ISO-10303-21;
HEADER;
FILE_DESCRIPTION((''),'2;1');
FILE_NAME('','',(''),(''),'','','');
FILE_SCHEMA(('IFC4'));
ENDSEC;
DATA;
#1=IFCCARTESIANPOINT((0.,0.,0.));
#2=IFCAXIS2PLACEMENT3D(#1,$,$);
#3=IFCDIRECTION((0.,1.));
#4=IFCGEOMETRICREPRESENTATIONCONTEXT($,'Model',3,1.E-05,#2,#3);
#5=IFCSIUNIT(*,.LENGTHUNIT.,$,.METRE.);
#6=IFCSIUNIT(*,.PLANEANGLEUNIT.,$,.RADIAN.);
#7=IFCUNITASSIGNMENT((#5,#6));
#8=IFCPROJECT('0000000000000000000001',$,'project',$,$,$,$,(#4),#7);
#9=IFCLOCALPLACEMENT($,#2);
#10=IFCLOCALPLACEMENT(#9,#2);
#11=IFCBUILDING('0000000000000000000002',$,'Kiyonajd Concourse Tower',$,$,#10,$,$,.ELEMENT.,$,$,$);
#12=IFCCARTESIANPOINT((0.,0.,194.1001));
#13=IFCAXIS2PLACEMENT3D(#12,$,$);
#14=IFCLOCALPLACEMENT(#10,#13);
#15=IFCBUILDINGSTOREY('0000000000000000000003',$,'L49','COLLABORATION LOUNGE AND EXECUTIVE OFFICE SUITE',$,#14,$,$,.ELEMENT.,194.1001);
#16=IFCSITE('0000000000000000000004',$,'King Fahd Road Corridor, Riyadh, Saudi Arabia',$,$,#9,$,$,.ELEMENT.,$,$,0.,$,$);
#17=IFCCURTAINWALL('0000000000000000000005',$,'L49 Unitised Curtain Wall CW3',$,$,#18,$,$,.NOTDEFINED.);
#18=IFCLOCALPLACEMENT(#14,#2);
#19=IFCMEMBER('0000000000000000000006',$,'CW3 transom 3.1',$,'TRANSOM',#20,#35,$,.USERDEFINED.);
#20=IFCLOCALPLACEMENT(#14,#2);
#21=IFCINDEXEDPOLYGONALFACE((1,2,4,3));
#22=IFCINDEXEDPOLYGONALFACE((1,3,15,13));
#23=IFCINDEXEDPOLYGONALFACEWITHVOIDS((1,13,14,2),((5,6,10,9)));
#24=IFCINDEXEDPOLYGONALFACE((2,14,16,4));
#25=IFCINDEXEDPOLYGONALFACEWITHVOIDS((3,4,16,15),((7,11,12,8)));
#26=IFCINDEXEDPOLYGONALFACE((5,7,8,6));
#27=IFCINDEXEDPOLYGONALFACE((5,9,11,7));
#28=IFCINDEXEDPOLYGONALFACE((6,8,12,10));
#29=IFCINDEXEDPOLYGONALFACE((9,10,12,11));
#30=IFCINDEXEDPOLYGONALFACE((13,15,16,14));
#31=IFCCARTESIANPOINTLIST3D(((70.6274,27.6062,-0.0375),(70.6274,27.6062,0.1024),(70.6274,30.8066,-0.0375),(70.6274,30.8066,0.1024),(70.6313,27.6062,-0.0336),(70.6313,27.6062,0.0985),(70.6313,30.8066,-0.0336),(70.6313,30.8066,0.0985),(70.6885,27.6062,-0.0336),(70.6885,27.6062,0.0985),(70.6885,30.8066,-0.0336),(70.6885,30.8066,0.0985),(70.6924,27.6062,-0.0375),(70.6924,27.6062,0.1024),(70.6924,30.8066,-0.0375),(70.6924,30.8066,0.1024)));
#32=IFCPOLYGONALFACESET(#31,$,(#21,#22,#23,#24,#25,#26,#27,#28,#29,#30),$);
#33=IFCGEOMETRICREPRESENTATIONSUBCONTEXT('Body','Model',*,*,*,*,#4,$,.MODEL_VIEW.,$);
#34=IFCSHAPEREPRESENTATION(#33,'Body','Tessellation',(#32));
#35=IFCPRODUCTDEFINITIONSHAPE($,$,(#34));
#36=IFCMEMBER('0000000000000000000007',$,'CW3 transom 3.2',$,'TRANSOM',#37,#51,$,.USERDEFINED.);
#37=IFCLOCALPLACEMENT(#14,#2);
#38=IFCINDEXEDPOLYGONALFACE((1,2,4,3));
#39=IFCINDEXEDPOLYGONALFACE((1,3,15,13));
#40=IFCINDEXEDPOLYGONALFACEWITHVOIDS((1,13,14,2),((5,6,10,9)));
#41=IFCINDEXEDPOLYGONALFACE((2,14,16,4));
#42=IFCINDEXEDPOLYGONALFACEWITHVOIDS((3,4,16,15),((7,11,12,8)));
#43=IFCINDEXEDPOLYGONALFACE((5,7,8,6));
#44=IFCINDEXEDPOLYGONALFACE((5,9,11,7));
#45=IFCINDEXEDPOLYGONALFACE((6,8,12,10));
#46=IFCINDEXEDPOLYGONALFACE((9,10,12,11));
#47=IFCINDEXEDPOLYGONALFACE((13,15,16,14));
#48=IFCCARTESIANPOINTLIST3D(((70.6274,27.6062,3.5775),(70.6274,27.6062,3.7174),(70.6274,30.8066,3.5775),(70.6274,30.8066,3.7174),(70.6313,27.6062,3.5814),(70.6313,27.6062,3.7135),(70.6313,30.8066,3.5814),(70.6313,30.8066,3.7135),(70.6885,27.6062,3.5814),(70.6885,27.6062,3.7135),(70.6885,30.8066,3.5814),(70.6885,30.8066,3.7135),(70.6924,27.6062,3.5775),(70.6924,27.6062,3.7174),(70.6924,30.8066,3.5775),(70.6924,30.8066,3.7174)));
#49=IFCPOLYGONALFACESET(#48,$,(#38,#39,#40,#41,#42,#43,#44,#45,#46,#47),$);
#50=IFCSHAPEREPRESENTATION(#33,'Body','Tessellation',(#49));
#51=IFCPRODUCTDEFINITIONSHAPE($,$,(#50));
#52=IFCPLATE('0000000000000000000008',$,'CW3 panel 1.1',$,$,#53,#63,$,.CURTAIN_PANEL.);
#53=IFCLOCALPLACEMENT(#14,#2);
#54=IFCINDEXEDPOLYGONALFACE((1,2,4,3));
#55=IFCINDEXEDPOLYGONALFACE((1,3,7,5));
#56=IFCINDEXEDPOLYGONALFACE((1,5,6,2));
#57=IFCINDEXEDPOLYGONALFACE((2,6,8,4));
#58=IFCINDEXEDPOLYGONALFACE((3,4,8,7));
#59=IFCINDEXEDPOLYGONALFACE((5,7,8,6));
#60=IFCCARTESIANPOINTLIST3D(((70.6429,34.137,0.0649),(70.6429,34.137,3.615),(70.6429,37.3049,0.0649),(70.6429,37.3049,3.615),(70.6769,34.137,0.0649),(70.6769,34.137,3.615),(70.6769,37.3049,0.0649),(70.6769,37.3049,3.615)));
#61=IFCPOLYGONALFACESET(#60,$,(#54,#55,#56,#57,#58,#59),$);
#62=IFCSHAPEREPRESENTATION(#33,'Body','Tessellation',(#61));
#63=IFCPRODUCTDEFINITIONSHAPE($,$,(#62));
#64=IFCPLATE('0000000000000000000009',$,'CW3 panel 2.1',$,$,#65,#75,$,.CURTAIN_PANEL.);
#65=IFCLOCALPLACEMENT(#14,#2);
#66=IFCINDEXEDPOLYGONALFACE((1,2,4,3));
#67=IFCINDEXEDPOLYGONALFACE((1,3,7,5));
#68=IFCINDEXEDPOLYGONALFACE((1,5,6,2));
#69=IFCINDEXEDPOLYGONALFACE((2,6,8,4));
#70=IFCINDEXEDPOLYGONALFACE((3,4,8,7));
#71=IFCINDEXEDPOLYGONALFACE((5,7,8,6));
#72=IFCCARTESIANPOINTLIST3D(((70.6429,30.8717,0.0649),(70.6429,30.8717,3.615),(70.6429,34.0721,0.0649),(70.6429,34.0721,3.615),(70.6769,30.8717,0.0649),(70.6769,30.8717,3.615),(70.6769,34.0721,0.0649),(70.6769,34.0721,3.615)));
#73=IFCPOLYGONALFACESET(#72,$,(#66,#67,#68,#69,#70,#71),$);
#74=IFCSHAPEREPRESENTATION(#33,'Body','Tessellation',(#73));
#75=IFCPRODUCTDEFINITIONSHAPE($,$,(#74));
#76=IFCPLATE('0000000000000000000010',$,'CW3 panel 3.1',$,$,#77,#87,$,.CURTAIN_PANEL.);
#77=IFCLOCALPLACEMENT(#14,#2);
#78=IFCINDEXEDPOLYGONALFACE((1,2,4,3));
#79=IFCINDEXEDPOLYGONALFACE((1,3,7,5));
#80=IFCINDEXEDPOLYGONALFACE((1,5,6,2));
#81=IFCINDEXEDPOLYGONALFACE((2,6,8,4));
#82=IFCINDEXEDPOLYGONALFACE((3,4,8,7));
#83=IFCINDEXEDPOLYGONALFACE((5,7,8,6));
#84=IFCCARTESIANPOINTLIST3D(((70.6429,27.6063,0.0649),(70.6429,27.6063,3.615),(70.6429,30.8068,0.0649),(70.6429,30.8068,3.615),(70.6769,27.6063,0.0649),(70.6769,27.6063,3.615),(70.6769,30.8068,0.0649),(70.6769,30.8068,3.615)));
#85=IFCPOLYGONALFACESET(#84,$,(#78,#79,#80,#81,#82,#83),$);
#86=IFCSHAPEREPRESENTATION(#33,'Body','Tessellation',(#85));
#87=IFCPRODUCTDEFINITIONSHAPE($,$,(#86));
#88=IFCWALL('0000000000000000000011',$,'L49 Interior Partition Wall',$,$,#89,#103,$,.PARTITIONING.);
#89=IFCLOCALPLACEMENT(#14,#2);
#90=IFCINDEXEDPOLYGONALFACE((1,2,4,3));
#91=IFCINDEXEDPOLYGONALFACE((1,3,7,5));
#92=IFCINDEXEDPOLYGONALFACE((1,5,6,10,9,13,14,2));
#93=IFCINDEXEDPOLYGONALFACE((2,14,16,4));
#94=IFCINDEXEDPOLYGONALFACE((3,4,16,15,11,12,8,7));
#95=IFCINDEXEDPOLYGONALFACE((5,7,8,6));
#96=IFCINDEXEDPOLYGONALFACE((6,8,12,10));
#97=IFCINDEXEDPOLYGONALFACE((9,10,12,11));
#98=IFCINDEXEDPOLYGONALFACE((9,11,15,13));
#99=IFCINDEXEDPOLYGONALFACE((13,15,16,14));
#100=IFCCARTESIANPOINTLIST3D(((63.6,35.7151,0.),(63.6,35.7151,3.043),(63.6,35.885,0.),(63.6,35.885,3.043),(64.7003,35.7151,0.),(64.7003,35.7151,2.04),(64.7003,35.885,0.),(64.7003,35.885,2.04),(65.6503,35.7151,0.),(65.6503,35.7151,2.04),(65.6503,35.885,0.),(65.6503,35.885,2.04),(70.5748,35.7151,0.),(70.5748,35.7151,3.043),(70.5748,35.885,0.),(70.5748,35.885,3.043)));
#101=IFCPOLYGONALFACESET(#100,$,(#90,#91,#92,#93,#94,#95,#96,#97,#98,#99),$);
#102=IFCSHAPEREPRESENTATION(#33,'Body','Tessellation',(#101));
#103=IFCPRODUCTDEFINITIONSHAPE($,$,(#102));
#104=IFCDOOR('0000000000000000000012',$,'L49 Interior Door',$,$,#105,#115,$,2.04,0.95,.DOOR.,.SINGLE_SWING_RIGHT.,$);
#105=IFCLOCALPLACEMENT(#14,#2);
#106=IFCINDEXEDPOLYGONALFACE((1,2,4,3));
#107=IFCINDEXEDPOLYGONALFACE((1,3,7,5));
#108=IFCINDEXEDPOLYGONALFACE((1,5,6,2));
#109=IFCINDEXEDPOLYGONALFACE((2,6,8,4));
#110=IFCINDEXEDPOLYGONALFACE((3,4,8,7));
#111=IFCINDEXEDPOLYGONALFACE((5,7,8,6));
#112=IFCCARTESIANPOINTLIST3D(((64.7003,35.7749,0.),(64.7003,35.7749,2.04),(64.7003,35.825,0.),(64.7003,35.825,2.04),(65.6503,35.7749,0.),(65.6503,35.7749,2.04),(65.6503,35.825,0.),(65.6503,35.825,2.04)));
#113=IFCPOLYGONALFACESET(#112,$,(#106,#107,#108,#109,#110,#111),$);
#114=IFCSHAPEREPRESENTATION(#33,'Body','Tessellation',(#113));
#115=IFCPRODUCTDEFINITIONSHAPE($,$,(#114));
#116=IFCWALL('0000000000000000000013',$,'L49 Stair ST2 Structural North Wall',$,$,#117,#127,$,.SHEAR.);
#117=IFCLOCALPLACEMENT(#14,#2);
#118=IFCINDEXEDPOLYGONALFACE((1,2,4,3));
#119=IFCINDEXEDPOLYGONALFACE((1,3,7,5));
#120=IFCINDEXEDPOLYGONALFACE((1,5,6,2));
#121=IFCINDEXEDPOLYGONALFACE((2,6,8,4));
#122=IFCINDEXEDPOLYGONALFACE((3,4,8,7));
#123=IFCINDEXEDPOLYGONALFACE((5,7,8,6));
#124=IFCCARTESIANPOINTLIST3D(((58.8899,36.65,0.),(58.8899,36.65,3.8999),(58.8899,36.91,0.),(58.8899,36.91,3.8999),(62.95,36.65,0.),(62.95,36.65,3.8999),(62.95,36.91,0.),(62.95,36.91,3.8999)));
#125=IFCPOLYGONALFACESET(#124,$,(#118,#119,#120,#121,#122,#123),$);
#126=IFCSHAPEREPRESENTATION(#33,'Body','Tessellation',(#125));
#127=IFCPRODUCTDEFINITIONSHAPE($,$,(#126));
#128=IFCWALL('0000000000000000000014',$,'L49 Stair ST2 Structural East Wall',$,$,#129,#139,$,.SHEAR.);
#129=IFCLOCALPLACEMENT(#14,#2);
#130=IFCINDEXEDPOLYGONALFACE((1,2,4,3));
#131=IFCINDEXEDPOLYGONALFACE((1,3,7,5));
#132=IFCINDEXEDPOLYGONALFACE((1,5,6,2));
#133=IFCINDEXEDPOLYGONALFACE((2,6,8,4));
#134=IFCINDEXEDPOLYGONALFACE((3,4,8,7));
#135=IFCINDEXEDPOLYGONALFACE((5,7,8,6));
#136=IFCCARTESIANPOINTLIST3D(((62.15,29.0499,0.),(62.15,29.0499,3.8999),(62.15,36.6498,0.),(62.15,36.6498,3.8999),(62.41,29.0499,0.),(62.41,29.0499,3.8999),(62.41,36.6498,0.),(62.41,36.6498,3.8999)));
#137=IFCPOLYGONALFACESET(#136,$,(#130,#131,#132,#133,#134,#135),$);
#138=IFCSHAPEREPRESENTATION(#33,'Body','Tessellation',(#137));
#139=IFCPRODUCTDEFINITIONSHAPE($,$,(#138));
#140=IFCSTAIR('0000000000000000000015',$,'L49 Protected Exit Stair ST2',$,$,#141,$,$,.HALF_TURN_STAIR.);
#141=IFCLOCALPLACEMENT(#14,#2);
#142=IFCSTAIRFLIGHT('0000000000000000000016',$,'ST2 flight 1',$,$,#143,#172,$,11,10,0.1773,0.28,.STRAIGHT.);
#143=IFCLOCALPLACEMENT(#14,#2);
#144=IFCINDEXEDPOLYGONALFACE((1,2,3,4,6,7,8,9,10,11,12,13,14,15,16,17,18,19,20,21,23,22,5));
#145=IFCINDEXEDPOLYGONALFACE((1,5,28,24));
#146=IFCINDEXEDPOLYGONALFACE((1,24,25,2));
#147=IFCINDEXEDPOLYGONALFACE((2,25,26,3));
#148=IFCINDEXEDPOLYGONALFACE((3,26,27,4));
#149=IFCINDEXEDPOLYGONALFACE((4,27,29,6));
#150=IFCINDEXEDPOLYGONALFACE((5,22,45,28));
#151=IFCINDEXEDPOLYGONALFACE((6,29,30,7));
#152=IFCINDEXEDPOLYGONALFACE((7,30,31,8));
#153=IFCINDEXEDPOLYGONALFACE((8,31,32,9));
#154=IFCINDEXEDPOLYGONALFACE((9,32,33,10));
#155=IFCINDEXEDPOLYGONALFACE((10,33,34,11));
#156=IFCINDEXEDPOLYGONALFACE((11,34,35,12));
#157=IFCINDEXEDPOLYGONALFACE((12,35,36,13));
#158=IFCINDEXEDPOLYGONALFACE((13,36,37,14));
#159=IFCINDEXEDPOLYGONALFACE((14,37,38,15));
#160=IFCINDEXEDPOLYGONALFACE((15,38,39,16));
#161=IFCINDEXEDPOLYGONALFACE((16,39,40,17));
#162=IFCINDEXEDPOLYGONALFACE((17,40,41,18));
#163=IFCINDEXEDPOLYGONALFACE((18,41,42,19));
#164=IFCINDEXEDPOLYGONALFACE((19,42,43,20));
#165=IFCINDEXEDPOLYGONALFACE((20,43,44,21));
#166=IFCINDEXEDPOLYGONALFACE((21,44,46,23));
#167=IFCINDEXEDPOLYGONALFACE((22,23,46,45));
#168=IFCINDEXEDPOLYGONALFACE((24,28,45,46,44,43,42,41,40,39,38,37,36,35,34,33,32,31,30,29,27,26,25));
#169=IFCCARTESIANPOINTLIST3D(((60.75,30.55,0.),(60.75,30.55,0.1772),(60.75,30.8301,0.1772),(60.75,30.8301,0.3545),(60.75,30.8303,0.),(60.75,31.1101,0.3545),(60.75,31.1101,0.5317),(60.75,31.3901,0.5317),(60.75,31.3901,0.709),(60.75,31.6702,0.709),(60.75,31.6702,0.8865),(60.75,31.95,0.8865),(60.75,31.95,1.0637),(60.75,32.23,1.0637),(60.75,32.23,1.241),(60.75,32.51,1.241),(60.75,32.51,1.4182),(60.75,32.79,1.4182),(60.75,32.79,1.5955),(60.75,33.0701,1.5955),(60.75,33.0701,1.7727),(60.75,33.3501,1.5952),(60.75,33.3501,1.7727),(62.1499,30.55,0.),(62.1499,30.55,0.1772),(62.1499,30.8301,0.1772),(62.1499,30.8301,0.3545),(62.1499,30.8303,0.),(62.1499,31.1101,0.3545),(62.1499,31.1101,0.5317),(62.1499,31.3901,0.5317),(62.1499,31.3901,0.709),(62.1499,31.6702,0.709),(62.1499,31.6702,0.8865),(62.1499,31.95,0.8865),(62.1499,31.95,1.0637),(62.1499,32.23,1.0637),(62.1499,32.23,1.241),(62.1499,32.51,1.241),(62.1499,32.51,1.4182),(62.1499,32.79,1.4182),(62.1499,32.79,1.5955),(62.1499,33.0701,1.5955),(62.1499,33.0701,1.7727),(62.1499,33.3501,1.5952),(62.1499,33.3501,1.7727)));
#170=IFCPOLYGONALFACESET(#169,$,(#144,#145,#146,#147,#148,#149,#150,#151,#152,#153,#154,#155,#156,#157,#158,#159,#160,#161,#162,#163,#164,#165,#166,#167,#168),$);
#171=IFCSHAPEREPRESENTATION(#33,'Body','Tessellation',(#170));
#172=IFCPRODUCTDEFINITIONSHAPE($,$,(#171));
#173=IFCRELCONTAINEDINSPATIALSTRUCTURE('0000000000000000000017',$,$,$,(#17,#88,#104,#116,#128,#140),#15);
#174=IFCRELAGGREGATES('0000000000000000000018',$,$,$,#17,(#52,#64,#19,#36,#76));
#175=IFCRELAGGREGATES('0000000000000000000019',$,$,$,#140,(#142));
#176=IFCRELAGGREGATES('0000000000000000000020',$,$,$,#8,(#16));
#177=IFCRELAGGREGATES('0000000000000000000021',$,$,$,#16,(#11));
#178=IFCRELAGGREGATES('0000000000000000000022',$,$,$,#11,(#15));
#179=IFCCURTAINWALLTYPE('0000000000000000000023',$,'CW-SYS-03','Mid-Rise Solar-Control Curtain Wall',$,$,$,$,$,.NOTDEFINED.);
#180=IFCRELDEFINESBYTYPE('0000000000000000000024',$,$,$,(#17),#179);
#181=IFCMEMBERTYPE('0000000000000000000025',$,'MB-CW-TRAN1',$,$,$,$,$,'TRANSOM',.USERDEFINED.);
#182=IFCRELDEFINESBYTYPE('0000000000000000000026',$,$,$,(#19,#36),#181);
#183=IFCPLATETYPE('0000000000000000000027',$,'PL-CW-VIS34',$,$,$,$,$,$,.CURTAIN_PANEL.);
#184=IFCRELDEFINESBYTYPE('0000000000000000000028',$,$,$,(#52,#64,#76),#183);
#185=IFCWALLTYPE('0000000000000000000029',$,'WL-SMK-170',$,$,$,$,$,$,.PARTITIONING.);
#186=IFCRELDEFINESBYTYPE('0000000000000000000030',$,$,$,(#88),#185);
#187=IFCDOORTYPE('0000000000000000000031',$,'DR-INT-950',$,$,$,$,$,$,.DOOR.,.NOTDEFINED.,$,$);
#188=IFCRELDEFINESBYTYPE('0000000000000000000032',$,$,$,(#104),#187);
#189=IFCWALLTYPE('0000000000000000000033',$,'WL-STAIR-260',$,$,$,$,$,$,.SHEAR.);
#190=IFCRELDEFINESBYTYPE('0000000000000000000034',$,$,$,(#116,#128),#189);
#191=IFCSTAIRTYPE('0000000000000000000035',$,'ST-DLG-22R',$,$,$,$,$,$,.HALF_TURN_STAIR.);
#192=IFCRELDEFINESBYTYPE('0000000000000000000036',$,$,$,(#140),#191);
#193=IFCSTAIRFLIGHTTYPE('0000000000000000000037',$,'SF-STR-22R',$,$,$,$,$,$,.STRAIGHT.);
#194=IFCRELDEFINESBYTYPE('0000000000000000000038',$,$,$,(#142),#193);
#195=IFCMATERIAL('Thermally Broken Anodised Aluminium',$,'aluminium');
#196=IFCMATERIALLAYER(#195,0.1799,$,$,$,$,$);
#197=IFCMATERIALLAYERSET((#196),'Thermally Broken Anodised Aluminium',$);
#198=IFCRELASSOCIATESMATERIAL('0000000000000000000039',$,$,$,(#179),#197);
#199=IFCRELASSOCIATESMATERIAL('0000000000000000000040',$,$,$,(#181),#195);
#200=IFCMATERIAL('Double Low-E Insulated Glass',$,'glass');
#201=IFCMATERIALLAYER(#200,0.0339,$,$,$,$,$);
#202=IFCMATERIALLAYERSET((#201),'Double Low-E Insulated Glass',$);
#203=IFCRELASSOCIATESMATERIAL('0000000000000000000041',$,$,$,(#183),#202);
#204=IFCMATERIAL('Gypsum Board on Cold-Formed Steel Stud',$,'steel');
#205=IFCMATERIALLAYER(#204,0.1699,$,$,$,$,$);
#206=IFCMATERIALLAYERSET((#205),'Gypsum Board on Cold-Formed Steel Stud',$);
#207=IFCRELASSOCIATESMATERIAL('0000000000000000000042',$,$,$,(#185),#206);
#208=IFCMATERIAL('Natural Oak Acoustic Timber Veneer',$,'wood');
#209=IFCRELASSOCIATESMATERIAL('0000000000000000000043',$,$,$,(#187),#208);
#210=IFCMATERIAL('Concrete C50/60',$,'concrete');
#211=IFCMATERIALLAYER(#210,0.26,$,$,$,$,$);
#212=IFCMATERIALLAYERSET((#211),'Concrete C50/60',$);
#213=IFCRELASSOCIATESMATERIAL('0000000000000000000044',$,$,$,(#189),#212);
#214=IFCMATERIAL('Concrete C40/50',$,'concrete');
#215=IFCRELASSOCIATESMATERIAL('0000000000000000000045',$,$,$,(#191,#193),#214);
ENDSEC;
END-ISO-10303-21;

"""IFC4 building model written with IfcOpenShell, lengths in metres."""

from ifc_helpers import new_model, si_unit, direction, frame, frame_2d, origin, origin_2d, place, context, subcontext, project, spatial, polyline, rectangle, hollow_rectangle, outline, extrude, material, layer, layer_set, material_profile, profile_set, type_object, element, fill, aggregate, save


model = new_model("IFC4")

# Units and contexts
model_context = context("Model", 3, precision=1e-05, world=origin(), true_north=direction((0.0, 1.0)))
body_context = subcontext(model_context, "Body", "Model", "MODEL_VIEW")
ifc_project = project(units=[si_unit("LENGTHUNIT", "METRE"), si_unit("PLANEANGLEUNIT", "RADIAN")], contexts=[model_context])

# Site, building, storey
site_placement = place(None, origin())
site = spatial("IfcSite", under=ifc_project, at=site_placement, Name="King Fahd Road Corridor, Riyadh, Saudi Arabia", CompositionType="ELEMENT", RefElevation=0.0)
building_placement = place(site_placement, origin())
building = spatial("IfcBuilding", under=site, at=building_placement, Name="Kiyonajd Concourse Tower", CompositionType="ELEMENT")
storey_placement = place(building_placement, frame((0.0, 0.0, 194.1001)))
storey = spatial("IfcBuildingStorey", under=building, at=storey_placement, Name="L49", Description="COLLABORATION LOUNGE AND EXECUTIVE OFFICE SUITE", CompositionType="ELEMENT", Elevation=194.1001)

# Shared definitions
ifc_material_1 = material(Name="Concrete C50/60", Category="concrete")

# Curtain wall, members, plates
ifc_material_2 = material(Name="Thermally Broken Anodised Aluminium", Category="aluminium")
ifc_layer_1 = layer(ifc_material_2, 0.1799)
ifc_layer_set_1 = layer_set([ifc_layer_1], Name="Thermally Broken Anodised Aluminium")
curtain_wall_type = type_object("IfcCurtainWallType", Name="CW-SYS-03", Description="Mid-Rise Solar-Control Curtain Wall", PredefinedType="NOTDEFINED", material=ifc_layer_set_1)
curtain_wall_placement = place(storey_placement, origin())
curtain_wall = element("IfcCurtainWall", 1, at=curtain_wall_placement, inside=storey, type_object=curtain_wall_type, Name="L49 Unitised Curtain Wall CW3", PredefinedType="NOTDEFINED")
ifc_material_profile_1 = material_profile(ifc_material_2, hollow_rectangle(XDim=0.0649, YDim=0.1399, WallThickness=0.0039, at=origin_2d()), Name="TRAN-65x140")
ifc_profile_set_1 = profile_set([ifc_material_profile_1], Name="Thermally Broken Anodised Aluminium")
member_type_1 = type_object("IfcMemberType", Name="MB-CW-TRAN1", ElementType="TRANSOM", PredefinedType="USERDEFINED", material=ifc_profile_set_1)
member_1_placement = place(storey_placement, frame((70.6599, 30.8066, 0.0325), z_axis=(0.0, -1.0, 0.0), x_axis=(1.0, 0.0, 0.0)))
member_1 = element("IfcMember", 2, at=member_1_placement, type_object=member_type_1, Name="CW3 transom 3.1", ObjectType="TRANSOM", PredefinedType="USERDEFINED", context=body_context, shape_type="SweptSolid", body=[
    extrude(hollow_rectangle(XDim=0.0649, YDim=0.1399, WallThickness=0.0039, at=origin_2d()), origin(), (0.0, 0.0, 1.0), 3.2004),
])
member_2_placement = place(storey_placement, frame((70.6599, 30.8066, 3.6475), z_axis=(0.0, -1.0, 0.0), x_axis=(1.0, 0.0, 0.0)))
member_2 = element("IfcMember", 3, at=member_2_placement, type_object=member_type_1, Name="CW3 transom 3.2", ObjectType="TRANSOM", PredefinedType="USERDEFINED", context=body_context, shape_type="SweptSolid", body=[
    extrude(hollow_rectangle(XDim=0.0649, YDim=0.1399, WallThickness=0.0039, at=origin_2d()), origin(), (0.0, 0.0, 1.0), 3.2004),
])
ifc_material_3 = material(Name="Double Low-E Insulated Glass", Category="glass")
ifc_layer_2 = layer(ifc_material_3, 0.0339)
ifc_layer_set_2 = layer_set([ifc_layer_2], Name="Double Low-E Insulated Glass")
plate_type = type_object("IfcPlateType", Name="PL-CW-VIS34", PredefinedType="CURTAIN_PANEL", material=ifc_layer_set_2)
plate_1_placement = place(storey_placement, frame((70.6599, 35.7209, 0.0649), z_axis=(0.0, 0.0, 1.0), x_axis=(0.0, -1.0, 0.0)))
plate_1 = element("IfcPlate", 4, at=plate_1_placement, type_object=plate_type, Name="CW3 panel 1.1", PredefinedType="CURTAIN_PANEL", context=body_context, shape_type="SweptSolid", body=[
    extrude(rectangle(XDim=3.168, YDim=0.0339, at=origin_2d()), origin(), (0.0, 0.0, 1.0), 3.55),
])
plate_2_placement = place(storey_placement, frame((70.6599, 32.4719, 0.0649), z_axis=(0.0, 0.0, 1.0), x_axis=(0.0, -1.0, 0.0)))
plate_2 = element("IfcPlate", 5, at=plate_2_placement, type_object=plate_type, Name="CW3 panel 2.1", PredefinedType="CURTAIN_PANEL", context=body_context, shape_type="SweptSolid", body=[
    extrude(rectangle(XDim=3.2004, YDim=0.0339, at=origin_2d()), origin(), (0.0, 0.0, 1.0), 3.55),
])
plate_3_placement = place(storey_placement, frame((70.6599, 29.2065, 0.0649), z_axis=(0.0, 0.0, 1.0), x_axis=(0.0, -1.0, 0.0)))
plate_3 = element("IfcPlate", 6, at=plate_3_placement, type_object=plate_type, Name="CW3 panel 3.1", PredefinedType="CURTAIN_PANEL", context=body_context, shape_type="SweptSolid", body=[
    extrude(rectangle(XDim=3.2004, YDim=0.0339, at=origin_2d()), origin(), (0.0, 0.0, 1.0), 3.55),
])
aggregate(curtain_wall, [plate_1, plate_2, member_1, member_2, plate_3])

# Wall, opening, door
ifc_material_4 = material(Name="Gypsum Board on Cold-Formed Steel Stud", Category="steel")
ifc_layer_3 = layer(ifc_material_4, 0.1699)
ifc_layer_set_3 = layer_set([ifc_layer_3], Name="Gypsum Board on Cold-Formed Steel Stud")
wall_type_1 = type_object("IfcWallType", Name="WL-SMK-170", PredefinedType="PARTITIONING", material=ifc_layer_set_3)
wall_1_placement = place(storey_placement, frame((63.6001, 35.8, 0.0), z_axis=(0.0, 0.0, 1.0), x_axis=(1.0, 0.0, 0.0)))
wall_1 = element("IfcWall", 7, at=wall_1_placement, inside=storey, type_object=wall_type_1, Name="L49 Interior Partition Wall", PredefinedType="PARTITIONING", context=body_context, shape_type="SweptSolid", body=[
    extrude(rectangle(XDim=6.9749, YDim=0.1699, at=frame_2d((3.4873, 0.0))), origin(), (0.0, 0.0, 1.0), 3.043),
])
opening_placement = place(wall_1_placement, frame((1.1001, 0.0, 0.0)))
opening = element("IfcOpeningElement", 8, at=opening_placement, cuts=wall_1, PredefinedType="OPENING", context=body_context, shape_type="SweptSolid", body=[
    extrude(rectangle(XDim=0.95, YDim=2.04, at=frame_2d((0.4751, 1.02))), frame((0.0, 0.095, 0.0), z_axis=(0.0, -1.0, 0.0), x_axis=(1.0, 0.0, 0.0)), (0.0, 0.0, 1.0), 0.1899),
])
ifc_material_5 = material(Name="Natural Oak Acoustic Timber Veneer", Category="wood")
door_type = type_object("IfcDoorType", Name="DR-INT-950", OperationType="NOTDEFINED", PredefinedType="DOOR", material=ifc_material_5)
door_placement = place(opening_placement, origin())
door = element("IfcDoor", 9, at=door_placement, inside=storey, type_object=door_type, Name="L49 Interior Door", OperationType="SINGLE_SWING_RIGHT", OverallHeight=2.04, OverallWidth=0.95, PredefinedType="DOOR", context=body_context, shape_type="SweptSolid", body=[
    extrude(rectangle(XDim=0.95, YDim=2.04, at=frame_2d((0.4751, 1.02))), frame((0.0, 0.0249, 0.0), z_axis=(0.0, -1.0, 0.0), x_axis=(1.0, 0.0, 0.0)), (0.0, 0.0, 1.0), 0.05),
])
fill(opening, door)

# Walls
ifc_layer_4 = layer(ifc_material_1, 0.26)
ifc_layer_set_4 = layer_set([ifc_layer_4], Name="Concrete C50/60")
wall_type_2 = type_object("IfcWallType", Name="WL-STAIR-260", PredefinedType="SHEAR", material=ifc_layer_set_4)
wall_2_placement = place(storey_placement, frame((58.8899, 36.78, 0.0), z_axis=(0.0, 0.0, 1.0), x_axis=(1.0, 0.0, 0.0)))
element("IfcWall", 10, at=wall_2_placement, inside=storey, type_object=wall_type_2, Name="L49 Stair ST2 Structural North Wall", PredefinedType="SHEAR", context=body_context, shape_type="SweptSolid", body=[
    extrude(rectangle(XDim=4.0601, YDim=0.26, at=frame_2d((2.03, 0.0))), origin(), (0.0, 0.0, 1.0), 3.8999),
])
wall_3_placement = place(storey_placement, frame((62.28, 29.05, 0.0), z_axis=(0.0, 0.0, 1.0), x_axis=(0.0, 1.0, 0.0)))
element("IfcWall", 11, at=wall_3_placement, inside=storey, type_object=wall_type_2, Name="L49 Stair ST2 Structural East Wall", PredefinedType="SHEAR", context=body_context, shape_type="SweptSolid", body=[
    extrude(rectangle(XDim=7.5999, YDim=0.26, at=frame_2d((3.7998, 0.0))), origin(), (0.0, 0.0, 1.0), 3.8999),
])

# Stair, stair flight
ifc_material_6 = material(Name="Concrete C40/50", Category="concrete")
stair_type = type_object("IfcStairType", Name="ST-DLG-22R", PredefinedType="HALF_TURN_STAIR", material=ifc_material_6)
stair_placement = place(storey_placement, origin())
stair = element("IfcStair", 12, at=stair_placement, inside=storey, type_object=stair_type, Name="L49 Protected Exit Stair ST2", PredefinedType="HALF_TURN_STAIR")
stair_flight_type = type_object("IfcStairFlightType", Name="SF-STR-22R", PredefinedType="STRAIGHT", material=ifc_material_6)
stair_flight_1_placement = place(storey_placement, frame((61.45, 30.55, 0.0), z_axis=(0.0, 0.0, 1.0), x_axis=(0.0, 1.0, 0.0)))
stair_flight_1 = element("IfcStairFlight", 13, at=stair_flight_1_placement, type_object=stair_flight_type, Name="ST2 flight 1", NumberOfRisers=11, NumberOfTreads=10, PredefinedType="STRAIGHT", RiserHeight=0.1773, TreadLength=0.28, context=body_context, shape_type="SweptSolid", body=[
    extrude(outline(polyline([(0.0, 0.0), (0.0, 0.1772), (0.28, 0.1772), (0.28, 0.3545), (0.5601, 0.3545), (0.5601, 0.5317), (0.8401, 0.5317), (0.8401, 0.709), (1.1201, 0.709), (1.1201, 0.8865), (1.3999, 0.8865), (1.3999, 1.0637), (1.6799, 1.0637), (1.6799, 1.241), (1.96, 1.241), (1.96, 1.4182), (2.24, 1.4182), (2.24, 1.5955), (2.52, 1.5955), (2.52, 1.7727), (2.8, 1.7727), (2.8, 1.95), (2.8, 1.5952), (0.2803, 0.0), (0.0, 0.0)])), frame((0.0, 0.7, 0.0), z_axis=(0.0, -1.0, 0.0), x_axis=(1.0, 0.0, 0.0)), (0.0, 0.0, 1.0), 1.3999),
])
aggregate(stair, [stair_flight_1])

save(model, "model.ifc")
